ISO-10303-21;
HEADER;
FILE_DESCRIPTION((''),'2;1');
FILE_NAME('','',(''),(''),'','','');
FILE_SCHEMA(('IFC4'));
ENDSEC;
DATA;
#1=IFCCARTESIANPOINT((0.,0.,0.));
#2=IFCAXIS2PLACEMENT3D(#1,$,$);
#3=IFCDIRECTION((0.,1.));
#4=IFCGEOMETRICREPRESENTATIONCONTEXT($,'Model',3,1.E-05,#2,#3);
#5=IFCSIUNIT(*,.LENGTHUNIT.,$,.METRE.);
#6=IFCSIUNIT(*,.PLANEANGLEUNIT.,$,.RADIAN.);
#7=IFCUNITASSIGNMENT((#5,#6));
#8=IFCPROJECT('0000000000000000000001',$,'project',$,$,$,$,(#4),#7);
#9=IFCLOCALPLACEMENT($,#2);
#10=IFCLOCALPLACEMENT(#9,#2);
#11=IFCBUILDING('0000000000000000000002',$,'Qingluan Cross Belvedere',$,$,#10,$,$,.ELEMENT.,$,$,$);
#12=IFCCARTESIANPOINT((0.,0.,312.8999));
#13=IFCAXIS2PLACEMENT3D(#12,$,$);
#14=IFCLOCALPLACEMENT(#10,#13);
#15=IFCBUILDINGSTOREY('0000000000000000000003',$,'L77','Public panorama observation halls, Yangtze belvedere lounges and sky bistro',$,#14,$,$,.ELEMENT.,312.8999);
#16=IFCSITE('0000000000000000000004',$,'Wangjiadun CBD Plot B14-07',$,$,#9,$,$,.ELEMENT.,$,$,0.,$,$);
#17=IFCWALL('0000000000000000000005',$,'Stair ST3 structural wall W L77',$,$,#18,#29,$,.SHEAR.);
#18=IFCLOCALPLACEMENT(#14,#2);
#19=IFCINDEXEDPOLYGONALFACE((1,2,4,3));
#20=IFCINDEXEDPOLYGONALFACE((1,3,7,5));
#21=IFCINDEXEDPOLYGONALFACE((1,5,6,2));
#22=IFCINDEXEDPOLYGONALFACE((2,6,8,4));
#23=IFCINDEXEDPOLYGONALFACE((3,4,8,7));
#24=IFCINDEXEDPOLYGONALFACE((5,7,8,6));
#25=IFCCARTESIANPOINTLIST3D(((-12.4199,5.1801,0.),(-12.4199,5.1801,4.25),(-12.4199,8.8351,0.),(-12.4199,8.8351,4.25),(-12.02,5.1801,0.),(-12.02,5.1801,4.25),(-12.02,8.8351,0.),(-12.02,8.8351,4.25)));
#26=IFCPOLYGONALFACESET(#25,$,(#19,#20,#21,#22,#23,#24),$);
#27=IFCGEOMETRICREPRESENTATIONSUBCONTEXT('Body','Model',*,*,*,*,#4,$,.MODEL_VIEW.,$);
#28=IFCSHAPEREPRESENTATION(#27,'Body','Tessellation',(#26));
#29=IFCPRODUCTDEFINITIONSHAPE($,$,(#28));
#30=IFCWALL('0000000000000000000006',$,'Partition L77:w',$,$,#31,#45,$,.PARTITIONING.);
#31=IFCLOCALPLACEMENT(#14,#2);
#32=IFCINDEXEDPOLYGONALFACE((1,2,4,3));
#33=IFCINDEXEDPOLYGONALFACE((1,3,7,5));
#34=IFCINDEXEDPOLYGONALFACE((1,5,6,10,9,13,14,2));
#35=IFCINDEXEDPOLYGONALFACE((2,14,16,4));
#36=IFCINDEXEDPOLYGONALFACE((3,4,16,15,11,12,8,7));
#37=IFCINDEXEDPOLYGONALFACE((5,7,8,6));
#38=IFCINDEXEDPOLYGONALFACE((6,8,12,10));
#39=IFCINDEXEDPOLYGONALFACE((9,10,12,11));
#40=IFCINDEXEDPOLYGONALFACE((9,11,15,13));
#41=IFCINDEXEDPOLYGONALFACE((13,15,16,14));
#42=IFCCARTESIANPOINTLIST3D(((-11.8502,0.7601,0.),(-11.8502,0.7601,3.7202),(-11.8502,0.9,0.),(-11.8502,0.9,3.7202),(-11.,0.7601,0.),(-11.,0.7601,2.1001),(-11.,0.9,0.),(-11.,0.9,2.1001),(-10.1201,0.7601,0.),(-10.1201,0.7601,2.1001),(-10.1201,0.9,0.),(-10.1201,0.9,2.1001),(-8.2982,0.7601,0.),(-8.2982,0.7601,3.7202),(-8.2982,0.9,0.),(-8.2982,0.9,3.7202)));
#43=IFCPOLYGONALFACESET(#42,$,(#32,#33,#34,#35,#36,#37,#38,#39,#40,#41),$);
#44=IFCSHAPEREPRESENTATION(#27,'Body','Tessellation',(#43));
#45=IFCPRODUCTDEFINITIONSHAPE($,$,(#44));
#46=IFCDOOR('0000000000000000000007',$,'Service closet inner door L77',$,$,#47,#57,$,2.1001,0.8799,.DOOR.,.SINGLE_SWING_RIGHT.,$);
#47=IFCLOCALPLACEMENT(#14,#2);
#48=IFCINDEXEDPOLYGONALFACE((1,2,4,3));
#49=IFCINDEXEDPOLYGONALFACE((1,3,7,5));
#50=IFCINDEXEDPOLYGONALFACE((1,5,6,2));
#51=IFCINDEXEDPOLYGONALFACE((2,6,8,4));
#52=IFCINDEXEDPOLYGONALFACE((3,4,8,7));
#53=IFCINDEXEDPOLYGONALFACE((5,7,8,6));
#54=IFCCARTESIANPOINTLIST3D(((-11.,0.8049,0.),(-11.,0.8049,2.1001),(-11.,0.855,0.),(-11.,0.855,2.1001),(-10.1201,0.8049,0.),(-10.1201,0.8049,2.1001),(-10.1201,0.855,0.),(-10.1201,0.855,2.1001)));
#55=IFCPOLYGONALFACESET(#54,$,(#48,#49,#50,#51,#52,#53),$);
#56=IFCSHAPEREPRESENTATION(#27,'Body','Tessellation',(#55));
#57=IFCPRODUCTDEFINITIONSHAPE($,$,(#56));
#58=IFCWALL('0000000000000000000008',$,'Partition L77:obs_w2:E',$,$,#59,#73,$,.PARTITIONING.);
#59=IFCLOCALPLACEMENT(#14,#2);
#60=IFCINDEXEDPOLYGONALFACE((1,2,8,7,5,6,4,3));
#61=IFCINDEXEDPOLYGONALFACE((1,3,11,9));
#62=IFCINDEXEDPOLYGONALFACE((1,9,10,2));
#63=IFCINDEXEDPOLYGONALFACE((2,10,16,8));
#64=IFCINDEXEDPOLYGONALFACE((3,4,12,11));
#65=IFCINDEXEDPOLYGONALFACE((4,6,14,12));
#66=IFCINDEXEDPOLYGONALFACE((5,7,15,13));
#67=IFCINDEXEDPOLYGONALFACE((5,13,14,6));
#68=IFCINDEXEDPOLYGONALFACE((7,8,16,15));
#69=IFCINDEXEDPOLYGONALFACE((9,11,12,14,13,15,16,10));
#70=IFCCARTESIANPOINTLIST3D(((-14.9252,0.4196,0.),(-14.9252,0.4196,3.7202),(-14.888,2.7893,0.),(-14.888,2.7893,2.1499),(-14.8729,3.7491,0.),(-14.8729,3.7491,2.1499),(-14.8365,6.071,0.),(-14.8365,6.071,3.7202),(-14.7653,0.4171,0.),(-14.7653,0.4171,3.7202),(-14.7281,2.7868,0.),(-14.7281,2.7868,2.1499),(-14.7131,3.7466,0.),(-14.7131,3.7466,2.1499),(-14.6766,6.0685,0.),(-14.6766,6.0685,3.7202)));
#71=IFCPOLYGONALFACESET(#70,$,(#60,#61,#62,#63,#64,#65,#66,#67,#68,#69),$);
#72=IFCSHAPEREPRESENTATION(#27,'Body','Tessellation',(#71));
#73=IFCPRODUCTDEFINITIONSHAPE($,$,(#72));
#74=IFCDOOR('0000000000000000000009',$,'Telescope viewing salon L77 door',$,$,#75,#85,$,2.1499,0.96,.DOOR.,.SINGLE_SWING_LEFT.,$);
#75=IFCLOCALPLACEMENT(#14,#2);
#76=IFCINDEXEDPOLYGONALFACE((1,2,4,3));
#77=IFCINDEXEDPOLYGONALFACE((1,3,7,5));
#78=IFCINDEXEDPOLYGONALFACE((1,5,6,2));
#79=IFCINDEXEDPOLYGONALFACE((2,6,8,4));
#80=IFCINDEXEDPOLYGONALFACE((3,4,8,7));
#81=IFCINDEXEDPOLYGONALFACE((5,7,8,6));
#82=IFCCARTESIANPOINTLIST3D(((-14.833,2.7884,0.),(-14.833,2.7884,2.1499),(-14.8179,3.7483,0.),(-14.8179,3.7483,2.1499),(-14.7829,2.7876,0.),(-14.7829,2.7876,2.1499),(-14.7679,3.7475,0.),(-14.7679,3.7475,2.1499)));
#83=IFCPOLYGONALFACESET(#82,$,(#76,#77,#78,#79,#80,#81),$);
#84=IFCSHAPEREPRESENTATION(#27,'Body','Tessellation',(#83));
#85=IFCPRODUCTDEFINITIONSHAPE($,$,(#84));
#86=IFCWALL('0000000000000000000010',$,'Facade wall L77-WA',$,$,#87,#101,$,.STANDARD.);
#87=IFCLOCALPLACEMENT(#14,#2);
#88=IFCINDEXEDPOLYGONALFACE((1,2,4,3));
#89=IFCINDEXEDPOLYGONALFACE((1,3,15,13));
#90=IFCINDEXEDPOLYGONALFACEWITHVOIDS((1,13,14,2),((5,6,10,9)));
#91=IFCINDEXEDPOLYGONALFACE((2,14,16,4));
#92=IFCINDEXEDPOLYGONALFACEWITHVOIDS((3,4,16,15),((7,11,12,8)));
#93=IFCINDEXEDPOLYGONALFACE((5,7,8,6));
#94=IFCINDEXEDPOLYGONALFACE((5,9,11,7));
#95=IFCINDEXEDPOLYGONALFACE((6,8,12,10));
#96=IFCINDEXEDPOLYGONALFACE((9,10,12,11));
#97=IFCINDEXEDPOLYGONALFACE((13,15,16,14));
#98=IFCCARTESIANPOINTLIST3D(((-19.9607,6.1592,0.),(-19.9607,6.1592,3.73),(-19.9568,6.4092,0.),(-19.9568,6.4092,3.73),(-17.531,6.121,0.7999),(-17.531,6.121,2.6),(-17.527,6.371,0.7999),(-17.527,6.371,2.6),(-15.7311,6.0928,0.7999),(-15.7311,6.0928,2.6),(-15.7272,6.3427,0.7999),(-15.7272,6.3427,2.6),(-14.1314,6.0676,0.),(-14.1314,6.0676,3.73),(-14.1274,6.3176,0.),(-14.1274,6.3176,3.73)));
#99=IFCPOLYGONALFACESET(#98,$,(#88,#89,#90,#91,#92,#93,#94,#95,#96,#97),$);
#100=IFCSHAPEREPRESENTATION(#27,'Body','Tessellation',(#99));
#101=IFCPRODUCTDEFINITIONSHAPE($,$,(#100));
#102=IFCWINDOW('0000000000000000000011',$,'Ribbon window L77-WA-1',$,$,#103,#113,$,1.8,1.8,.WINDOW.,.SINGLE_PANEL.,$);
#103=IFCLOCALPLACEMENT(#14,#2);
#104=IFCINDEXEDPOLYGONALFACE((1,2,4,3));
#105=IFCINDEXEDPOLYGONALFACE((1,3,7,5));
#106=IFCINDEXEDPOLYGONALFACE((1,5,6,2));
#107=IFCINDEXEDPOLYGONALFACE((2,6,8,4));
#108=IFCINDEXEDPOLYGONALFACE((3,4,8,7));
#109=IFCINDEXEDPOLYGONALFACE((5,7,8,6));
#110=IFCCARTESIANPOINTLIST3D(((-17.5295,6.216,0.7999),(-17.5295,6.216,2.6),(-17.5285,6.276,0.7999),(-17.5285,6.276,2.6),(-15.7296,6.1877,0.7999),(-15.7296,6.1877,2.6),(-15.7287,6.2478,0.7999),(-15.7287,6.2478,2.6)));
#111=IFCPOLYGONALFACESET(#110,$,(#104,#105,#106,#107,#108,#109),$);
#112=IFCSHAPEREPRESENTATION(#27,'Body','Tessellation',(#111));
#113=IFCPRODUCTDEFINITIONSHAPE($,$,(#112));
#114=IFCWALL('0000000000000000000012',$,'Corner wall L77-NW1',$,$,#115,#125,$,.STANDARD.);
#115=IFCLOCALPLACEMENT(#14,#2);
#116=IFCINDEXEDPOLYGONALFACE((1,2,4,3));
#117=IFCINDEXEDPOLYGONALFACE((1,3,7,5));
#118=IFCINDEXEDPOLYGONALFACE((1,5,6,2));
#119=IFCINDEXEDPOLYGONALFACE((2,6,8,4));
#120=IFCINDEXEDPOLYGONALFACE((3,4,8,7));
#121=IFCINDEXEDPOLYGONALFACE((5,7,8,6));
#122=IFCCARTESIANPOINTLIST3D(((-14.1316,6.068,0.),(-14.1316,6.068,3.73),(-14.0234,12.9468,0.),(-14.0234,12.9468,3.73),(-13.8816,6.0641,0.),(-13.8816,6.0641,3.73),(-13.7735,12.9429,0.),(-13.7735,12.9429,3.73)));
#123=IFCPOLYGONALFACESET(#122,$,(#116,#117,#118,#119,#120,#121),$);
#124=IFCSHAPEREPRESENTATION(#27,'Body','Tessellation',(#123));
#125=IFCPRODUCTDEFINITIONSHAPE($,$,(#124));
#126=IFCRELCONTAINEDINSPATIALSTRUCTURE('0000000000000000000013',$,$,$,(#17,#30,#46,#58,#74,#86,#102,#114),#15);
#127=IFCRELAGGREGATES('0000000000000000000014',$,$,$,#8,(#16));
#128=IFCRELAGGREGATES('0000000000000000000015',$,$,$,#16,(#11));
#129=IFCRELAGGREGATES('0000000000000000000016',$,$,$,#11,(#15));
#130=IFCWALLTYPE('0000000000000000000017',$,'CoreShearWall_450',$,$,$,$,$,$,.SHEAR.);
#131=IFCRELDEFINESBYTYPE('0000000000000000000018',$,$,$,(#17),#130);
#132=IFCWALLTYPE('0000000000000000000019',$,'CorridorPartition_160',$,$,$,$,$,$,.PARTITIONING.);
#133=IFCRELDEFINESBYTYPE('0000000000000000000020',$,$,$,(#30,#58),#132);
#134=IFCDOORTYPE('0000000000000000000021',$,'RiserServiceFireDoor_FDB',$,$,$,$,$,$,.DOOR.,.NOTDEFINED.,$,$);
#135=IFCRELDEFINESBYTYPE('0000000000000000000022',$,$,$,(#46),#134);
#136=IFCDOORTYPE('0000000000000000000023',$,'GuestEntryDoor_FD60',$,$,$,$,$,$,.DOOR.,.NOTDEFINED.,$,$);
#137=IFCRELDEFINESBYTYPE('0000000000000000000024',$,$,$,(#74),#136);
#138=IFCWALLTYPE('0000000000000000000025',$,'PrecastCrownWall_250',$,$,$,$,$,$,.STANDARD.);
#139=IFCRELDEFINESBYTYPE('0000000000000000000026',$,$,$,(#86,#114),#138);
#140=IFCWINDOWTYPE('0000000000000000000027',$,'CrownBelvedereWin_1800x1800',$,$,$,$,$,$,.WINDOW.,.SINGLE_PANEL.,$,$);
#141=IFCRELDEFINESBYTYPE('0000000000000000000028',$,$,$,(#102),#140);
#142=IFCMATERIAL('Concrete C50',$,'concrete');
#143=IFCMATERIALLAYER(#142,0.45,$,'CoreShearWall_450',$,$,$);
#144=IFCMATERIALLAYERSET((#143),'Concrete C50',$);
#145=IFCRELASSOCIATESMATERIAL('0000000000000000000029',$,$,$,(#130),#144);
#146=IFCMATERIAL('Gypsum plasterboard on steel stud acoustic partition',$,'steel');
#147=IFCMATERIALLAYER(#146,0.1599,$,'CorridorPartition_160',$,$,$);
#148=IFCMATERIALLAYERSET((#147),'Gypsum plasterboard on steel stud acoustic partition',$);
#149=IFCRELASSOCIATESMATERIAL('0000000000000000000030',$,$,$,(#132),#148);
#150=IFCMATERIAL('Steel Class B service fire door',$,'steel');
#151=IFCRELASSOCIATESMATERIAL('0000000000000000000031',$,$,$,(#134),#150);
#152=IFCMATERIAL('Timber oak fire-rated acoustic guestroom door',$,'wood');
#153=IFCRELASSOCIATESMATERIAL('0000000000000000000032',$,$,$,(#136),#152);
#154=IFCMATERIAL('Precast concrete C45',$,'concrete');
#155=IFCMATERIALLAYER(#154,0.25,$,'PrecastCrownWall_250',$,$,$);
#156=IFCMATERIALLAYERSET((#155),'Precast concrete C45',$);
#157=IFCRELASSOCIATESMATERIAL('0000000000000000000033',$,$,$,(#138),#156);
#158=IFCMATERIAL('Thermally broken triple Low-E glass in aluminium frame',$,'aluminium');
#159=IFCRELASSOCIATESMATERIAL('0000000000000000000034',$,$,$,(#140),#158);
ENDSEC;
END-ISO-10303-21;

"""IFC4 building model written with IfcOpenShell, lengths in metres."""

from ifc_helpers import new_model, si_unit, direction, frame, frame_2d, origin, place, context, subcontext, project, spatial, rectangle, extrude, material, layer, layer_set, type_object, element, fill, save


model = new_model("IFC4")

# Units and contexts
model_context = context("Model", 3, precision=1e-05, world=origin(), true_north=direction((0.0, 1.0)))
body_context = subcontext(model_context, "Body", "Model", "MODEL_VIEW")
ifc_project = project(units=[si_unit("LENGTHUNIT", "METRE"), si_unit("PLANEANGLEUNIT", "RADIAN")], contexts=[model_context])

# Site, building, storey
site_placement = place(None, origin())
site = spatial("IfcSite", under=ifc_project, at=site_placement, Name="Wangjiadun CBD Plot B14-07", CompositionType="ELEMENT", RefElevation=0.0)
building_placement = place(site_placement, origin())
building = spatial("IfcBuilding", under=site, at=building_placement, Name="Qingluan Cross Belvedere", CompositionType="ELEMENT")
storey_placement = place(building_placement, frame((0.0, 0.0, 312.8999)))
storey = spatial("IfcBuildingStorey", under=building, at=storey_placement, Name="L77", Description="Public panorama observation halls, Yangtze belvedere lounges and sky bistro", CompositionType="ELEMENT", Elevation=312.8999)

# Wall
ifc_material_1 = material(Name="Concrete C50", Category="concrete")
ifc_layer_1 = layer(ifc_material_1, 0.45, Name="CoreShearWall_450")
ifc_layer_set_1 = layer_set([ifc_layer_1], Name="Concrete C50")
wall_type_1 = type_object("IfcWallType", Name="CoreShearWall_450", PredefinedType="SHEAR", material=ifc_layer_set_1)
wall_1_placement = place(storey_placement, frame((-12.22, 5.1799, 0.0), z_axis=(0.0, 0.0, 1.0), x_axis=(0.0, 1.0, 0.0)))
element("IfcWall", 1, at=wall_1_placement, inside=storey, type_object=wall_type_1, Name="Stair ST3 structural wall W L77", PredefinedType="SHEAR", context=body_context, shape_type="SweptSolid", body=[
    extrude(rectangle(XDim=3.655, YDim=0.3999, at=frame_2d((1.8276, 0.0))), origin(), (0.0, 0.0, 1.0), 4.25),
])

# Walls, openings, doors
ifc_material_2 = material(Name="Gypsum plasterboard on steel stud acoustic partition", Category="steel")
ifc_layer_2 = layer(ifc_material_2, 0.1599, Name="CorridorPartition_160")
ifc_layer_set_2 = layer_set([ifc_layer_2], Name="Gypsum plasterboard on steel stud acoustic partition")
wall_type_2 = type_object("IfcWallType", Name="CorridorPartition_160", PredefinedType="PARTITIONING", material=ifc_layer_set_2)
wall_2_placement = place(storey_placement, frame((-11.8501, 0.8301, 0.0), z_axis=(0.0, 0.0, 1.0), x_axis=(1.0, 0.0, 0.0)))
wall_2 = element("IfcWall", 2, at=wall_2_placement, inside=storey, type_object=wall_type_2, Name="Partition L77:w", PredefinedType="PARTITIONING", context=body_context, shape_type="SweptSolid", body=[
    extrude(rectangle(XDim=3.552, YDim=0.1399, at=frame_2d((1.7759, 0.0))), origin(), (0.0, 0.0, 1.0), 3.7202),
])
opening_1_placement = place(wall_2_placement, frame((0.8501, 0.0, 0.0)))
opening_1 = element("IfcOpeningElement", 3, at=opening_1_placement, cuts=wall_2, PredefinedType="OPENING", context=body_context, shape_type="SweptSolid", body=[
    extrude(rectangle(XDim=0.8799, YDim=2.1001, at=frame_2d((0.4399, 1.05))), frame((0.0, 0.0798, 0.0), z_axis=(0.0, -1.0, 0.0), x_axis=(1.0, 0.0, 0.0)), (0.0, 0.0, 1.0), 0.1599),
])
ifc_material_3 = material(Name="Steel Class B service fire door", Category="steel")
door_type_1 = type_object("IfcDoorType", Name="RiserServiceFireDoor_FDB", OperationType="NOTDEFINED", PredefinedType="DOOR", material=ifc_material_3)
door_1_placement = place(opening_1_placement, origin())
door_1 = element("IfcDoor", 4, at=door_1_placement, inside=storey, type_object=door_type_1, Name="Service closet inner door L77", OperationType="SINGLE_SWING_RIGHT", OverallHeight=2.1001, OverallWidth=0.8799, PredefinedType="DOOR", context=body_context, shape_type="SweptSolid", body=[
    extrude(rectangle(XDim=0.8799, YDim=2.1001, at=frame_2d((0.4399, 1.05))), frame((0.0, 0.0249, 0.0), z_axis=(0.0, -1.0, 0.0), x_axis=(1.0, 0.0, 0.0)), (0.0, 0.0, 1.0), 0.05),
])
fill(opening_1, door_1)
wall_3_placement = place(storey_placement, frame((-14.8452, 0.4182, 0.0), z_axis=(0.0, 0.0, 1.0), x_axis=(0.01568, 0.999877, 0.0)))
wall_3 = element("IfcWall", 5, at=wall_3_placement, inside=storey, type_object=wall_type_2, Name="Partition L77:obs_w2:E", PredefinedType="PARTITIONING", context=body_context, shape_type="SweptSolid", body=[
    extrude(rectangle(XDim=5.6521, YDim=0.1599, at=frame_2d((2.8262, 0.0))), origin(), (0.0, 0.0, 1.0), 3.7202),
])
opening_2_placement = place(wall_3_placement, frame((2.3701, 0.0, 0.0)))
opening_2 = element("IfcOpeningElement", 6, at=opening_2_placement, cuts=wall_3, PredefinedType="OPENING", context=body_context, shape_type="SweptSolid", body=[
    extrude(rectangle(XDim=0.96, YDim=2.1499, at=frame_2d((0.48, 1.075))), frame((0.0, 0.0898, 0.0), z_axis=(0.0, -1.0, 0.0), x_axis=(1.0, 0.0, 0.0)), (0.0, 0.0, 1.0), 0.1799),
])
ifc_material_4 = material(Name="Timber oak fire-rated acoustic guestroom door", Category="wood")
door_type_2 = type_object("IfcDoorType", Name="GuestEntryDoor_FD60", OperationType="NOTDEFINED", PredefinedType="DOOR", material=ifc_material_4)
door_2_placement = place(opening_2_placement, origin())
door_2 = element("IfcDoor", 7, at=door_2_placement, inside=storey, type_object=door_type_2, Name="Telescope viewing salon L77 door", OperationType="SINGLE_SWING_LEFT", OverallHeight=2.1499, OverallWidth=0.96, PredefinedType="DOOR", context=body_context, shape_type="SweptSolid", body=[
    extrude(rectangle(XDim=0.96, YDim=2.1499, at=frame_2d((0.48, 1.075))), frame((0.0, 0.0249, 0.0), z_axis=(0.0, -1.0, 0.0), x_axis=(1.0, 0.0, 0.0)), (0.0, 0.0, 1.0), 0.05),
])
fill(opening_2, door_2)

# Wall, opening, window
ifc_material_5 = material(Name="Precast concrete C45", Category="concrete")
ifc_layer_3 = layer(ifc_material_5, 0.25, Name="PrecastCrownWall_250")
ifc_layer_set_3 = layer_set([ifc_layer_3], Name="Precast concrete C45")
wall_type_3 = type_object("IfcWallType", Name="PrecastCrownWall_250", PredefinedType="STANDARD", material=ifc_layer_set_3)
wall_4_placement = place(storey_placement, frame((-14.1294, 6.1926, 0.0), z_axis=(0.0, 0.0, 1.0), x_axis=(-0.999877, 0.015704, 0.0)))
wall_4 = element("IfcWall", 8, at=wall_4_placement, inside=storey, type_object=wall_type_3, Name="Facade wall L77-WA", PredefinedType="STANDARD", context=body_context, shape_type="SweptSolid", body=[
    extrude(rectangle(XDim=5.8301, YDim=0.25, at=frame_2d((2.915, 0.0))), origin(), (0.0, 0.0, 1.0), 3.73),
])
opening_3_placement = place(wall_4_placement, frame((1.6001, 0.0, 0.8)))
opening_3 = element("IfcOpeningElement", 9, at=opening_3_placement, cuts=wall_4, PredefinedType="OPENING", context=body_context, shape_type="SweptSolid", body=[
    extrude(rectangle(XDim=1.8, YDim=1.8, at=frame_2d((0.8999, 0.8999))), frame((0.0, 0.135, 0.0), z_axis=(0.0, -1.0, 0.0), x_axis=(1.0, 0.0, 0.0)), (0.0, 0.0, 1.0), 0.27),
])
ifc_material_6 = material(Name="Thermally broken triple Low-E glass in aluminium frame", Category="aluminium")
window_type = type_object("IfcWindowType", Name="CrownBelvedereWin_1800x1800", PartitioningType="SINGLE_PANEL", PredefinedType="WINDOW", material=ifc_material_6)
window_placement = place(opening_3_placement, origin())
window = element("IfcWindow", 10, at=window_placement, inside=storey, type_object=window_type, Name="Ribbon window L77-WA-1", OverallHeight=1.8, OverallWidth=1.8, PartitioningType="SINGLE_PANEL", PredefinedType="WINDOW", context=body_context, shape_type="SweptSolid", body=[
    extrude(rectangle(XDim=1.8, YDim=1.8, at=frame_2d((0.8999, 0.8999))), frame((0.0, 0.03, 0.0), z_axis=(0.0, -1.0, 0.0), x_axis=(1.0, 0.0, 0.0)), (0.0, 0.0, 1.0), 0.0601),
])
fill(opening_3, window)

# Wall
wall_5_placement = place(storey_placement, frame((-14.0066, 6.0659, 0.0), z_axis=(0.0, 0.0, 1.0), x_axis=(0.015721, 0.999876, 0.0)))
element("IfcWall", 11, at=wall_5_placement, inside=storey, type_object=wall_type_3, Name="Corner wall L77-NW1", PredefinedType="STANDARD", context=body_context, shape_type="SweptSolid", body=[
    extrude(rectangle(XDim=6.8796, YDim=0.25, at=frame_2d((3.4399, 0.0))), origin(), (0.0, 0.0, 1.0), 3.73),
])

save(model, "model.ifc")
